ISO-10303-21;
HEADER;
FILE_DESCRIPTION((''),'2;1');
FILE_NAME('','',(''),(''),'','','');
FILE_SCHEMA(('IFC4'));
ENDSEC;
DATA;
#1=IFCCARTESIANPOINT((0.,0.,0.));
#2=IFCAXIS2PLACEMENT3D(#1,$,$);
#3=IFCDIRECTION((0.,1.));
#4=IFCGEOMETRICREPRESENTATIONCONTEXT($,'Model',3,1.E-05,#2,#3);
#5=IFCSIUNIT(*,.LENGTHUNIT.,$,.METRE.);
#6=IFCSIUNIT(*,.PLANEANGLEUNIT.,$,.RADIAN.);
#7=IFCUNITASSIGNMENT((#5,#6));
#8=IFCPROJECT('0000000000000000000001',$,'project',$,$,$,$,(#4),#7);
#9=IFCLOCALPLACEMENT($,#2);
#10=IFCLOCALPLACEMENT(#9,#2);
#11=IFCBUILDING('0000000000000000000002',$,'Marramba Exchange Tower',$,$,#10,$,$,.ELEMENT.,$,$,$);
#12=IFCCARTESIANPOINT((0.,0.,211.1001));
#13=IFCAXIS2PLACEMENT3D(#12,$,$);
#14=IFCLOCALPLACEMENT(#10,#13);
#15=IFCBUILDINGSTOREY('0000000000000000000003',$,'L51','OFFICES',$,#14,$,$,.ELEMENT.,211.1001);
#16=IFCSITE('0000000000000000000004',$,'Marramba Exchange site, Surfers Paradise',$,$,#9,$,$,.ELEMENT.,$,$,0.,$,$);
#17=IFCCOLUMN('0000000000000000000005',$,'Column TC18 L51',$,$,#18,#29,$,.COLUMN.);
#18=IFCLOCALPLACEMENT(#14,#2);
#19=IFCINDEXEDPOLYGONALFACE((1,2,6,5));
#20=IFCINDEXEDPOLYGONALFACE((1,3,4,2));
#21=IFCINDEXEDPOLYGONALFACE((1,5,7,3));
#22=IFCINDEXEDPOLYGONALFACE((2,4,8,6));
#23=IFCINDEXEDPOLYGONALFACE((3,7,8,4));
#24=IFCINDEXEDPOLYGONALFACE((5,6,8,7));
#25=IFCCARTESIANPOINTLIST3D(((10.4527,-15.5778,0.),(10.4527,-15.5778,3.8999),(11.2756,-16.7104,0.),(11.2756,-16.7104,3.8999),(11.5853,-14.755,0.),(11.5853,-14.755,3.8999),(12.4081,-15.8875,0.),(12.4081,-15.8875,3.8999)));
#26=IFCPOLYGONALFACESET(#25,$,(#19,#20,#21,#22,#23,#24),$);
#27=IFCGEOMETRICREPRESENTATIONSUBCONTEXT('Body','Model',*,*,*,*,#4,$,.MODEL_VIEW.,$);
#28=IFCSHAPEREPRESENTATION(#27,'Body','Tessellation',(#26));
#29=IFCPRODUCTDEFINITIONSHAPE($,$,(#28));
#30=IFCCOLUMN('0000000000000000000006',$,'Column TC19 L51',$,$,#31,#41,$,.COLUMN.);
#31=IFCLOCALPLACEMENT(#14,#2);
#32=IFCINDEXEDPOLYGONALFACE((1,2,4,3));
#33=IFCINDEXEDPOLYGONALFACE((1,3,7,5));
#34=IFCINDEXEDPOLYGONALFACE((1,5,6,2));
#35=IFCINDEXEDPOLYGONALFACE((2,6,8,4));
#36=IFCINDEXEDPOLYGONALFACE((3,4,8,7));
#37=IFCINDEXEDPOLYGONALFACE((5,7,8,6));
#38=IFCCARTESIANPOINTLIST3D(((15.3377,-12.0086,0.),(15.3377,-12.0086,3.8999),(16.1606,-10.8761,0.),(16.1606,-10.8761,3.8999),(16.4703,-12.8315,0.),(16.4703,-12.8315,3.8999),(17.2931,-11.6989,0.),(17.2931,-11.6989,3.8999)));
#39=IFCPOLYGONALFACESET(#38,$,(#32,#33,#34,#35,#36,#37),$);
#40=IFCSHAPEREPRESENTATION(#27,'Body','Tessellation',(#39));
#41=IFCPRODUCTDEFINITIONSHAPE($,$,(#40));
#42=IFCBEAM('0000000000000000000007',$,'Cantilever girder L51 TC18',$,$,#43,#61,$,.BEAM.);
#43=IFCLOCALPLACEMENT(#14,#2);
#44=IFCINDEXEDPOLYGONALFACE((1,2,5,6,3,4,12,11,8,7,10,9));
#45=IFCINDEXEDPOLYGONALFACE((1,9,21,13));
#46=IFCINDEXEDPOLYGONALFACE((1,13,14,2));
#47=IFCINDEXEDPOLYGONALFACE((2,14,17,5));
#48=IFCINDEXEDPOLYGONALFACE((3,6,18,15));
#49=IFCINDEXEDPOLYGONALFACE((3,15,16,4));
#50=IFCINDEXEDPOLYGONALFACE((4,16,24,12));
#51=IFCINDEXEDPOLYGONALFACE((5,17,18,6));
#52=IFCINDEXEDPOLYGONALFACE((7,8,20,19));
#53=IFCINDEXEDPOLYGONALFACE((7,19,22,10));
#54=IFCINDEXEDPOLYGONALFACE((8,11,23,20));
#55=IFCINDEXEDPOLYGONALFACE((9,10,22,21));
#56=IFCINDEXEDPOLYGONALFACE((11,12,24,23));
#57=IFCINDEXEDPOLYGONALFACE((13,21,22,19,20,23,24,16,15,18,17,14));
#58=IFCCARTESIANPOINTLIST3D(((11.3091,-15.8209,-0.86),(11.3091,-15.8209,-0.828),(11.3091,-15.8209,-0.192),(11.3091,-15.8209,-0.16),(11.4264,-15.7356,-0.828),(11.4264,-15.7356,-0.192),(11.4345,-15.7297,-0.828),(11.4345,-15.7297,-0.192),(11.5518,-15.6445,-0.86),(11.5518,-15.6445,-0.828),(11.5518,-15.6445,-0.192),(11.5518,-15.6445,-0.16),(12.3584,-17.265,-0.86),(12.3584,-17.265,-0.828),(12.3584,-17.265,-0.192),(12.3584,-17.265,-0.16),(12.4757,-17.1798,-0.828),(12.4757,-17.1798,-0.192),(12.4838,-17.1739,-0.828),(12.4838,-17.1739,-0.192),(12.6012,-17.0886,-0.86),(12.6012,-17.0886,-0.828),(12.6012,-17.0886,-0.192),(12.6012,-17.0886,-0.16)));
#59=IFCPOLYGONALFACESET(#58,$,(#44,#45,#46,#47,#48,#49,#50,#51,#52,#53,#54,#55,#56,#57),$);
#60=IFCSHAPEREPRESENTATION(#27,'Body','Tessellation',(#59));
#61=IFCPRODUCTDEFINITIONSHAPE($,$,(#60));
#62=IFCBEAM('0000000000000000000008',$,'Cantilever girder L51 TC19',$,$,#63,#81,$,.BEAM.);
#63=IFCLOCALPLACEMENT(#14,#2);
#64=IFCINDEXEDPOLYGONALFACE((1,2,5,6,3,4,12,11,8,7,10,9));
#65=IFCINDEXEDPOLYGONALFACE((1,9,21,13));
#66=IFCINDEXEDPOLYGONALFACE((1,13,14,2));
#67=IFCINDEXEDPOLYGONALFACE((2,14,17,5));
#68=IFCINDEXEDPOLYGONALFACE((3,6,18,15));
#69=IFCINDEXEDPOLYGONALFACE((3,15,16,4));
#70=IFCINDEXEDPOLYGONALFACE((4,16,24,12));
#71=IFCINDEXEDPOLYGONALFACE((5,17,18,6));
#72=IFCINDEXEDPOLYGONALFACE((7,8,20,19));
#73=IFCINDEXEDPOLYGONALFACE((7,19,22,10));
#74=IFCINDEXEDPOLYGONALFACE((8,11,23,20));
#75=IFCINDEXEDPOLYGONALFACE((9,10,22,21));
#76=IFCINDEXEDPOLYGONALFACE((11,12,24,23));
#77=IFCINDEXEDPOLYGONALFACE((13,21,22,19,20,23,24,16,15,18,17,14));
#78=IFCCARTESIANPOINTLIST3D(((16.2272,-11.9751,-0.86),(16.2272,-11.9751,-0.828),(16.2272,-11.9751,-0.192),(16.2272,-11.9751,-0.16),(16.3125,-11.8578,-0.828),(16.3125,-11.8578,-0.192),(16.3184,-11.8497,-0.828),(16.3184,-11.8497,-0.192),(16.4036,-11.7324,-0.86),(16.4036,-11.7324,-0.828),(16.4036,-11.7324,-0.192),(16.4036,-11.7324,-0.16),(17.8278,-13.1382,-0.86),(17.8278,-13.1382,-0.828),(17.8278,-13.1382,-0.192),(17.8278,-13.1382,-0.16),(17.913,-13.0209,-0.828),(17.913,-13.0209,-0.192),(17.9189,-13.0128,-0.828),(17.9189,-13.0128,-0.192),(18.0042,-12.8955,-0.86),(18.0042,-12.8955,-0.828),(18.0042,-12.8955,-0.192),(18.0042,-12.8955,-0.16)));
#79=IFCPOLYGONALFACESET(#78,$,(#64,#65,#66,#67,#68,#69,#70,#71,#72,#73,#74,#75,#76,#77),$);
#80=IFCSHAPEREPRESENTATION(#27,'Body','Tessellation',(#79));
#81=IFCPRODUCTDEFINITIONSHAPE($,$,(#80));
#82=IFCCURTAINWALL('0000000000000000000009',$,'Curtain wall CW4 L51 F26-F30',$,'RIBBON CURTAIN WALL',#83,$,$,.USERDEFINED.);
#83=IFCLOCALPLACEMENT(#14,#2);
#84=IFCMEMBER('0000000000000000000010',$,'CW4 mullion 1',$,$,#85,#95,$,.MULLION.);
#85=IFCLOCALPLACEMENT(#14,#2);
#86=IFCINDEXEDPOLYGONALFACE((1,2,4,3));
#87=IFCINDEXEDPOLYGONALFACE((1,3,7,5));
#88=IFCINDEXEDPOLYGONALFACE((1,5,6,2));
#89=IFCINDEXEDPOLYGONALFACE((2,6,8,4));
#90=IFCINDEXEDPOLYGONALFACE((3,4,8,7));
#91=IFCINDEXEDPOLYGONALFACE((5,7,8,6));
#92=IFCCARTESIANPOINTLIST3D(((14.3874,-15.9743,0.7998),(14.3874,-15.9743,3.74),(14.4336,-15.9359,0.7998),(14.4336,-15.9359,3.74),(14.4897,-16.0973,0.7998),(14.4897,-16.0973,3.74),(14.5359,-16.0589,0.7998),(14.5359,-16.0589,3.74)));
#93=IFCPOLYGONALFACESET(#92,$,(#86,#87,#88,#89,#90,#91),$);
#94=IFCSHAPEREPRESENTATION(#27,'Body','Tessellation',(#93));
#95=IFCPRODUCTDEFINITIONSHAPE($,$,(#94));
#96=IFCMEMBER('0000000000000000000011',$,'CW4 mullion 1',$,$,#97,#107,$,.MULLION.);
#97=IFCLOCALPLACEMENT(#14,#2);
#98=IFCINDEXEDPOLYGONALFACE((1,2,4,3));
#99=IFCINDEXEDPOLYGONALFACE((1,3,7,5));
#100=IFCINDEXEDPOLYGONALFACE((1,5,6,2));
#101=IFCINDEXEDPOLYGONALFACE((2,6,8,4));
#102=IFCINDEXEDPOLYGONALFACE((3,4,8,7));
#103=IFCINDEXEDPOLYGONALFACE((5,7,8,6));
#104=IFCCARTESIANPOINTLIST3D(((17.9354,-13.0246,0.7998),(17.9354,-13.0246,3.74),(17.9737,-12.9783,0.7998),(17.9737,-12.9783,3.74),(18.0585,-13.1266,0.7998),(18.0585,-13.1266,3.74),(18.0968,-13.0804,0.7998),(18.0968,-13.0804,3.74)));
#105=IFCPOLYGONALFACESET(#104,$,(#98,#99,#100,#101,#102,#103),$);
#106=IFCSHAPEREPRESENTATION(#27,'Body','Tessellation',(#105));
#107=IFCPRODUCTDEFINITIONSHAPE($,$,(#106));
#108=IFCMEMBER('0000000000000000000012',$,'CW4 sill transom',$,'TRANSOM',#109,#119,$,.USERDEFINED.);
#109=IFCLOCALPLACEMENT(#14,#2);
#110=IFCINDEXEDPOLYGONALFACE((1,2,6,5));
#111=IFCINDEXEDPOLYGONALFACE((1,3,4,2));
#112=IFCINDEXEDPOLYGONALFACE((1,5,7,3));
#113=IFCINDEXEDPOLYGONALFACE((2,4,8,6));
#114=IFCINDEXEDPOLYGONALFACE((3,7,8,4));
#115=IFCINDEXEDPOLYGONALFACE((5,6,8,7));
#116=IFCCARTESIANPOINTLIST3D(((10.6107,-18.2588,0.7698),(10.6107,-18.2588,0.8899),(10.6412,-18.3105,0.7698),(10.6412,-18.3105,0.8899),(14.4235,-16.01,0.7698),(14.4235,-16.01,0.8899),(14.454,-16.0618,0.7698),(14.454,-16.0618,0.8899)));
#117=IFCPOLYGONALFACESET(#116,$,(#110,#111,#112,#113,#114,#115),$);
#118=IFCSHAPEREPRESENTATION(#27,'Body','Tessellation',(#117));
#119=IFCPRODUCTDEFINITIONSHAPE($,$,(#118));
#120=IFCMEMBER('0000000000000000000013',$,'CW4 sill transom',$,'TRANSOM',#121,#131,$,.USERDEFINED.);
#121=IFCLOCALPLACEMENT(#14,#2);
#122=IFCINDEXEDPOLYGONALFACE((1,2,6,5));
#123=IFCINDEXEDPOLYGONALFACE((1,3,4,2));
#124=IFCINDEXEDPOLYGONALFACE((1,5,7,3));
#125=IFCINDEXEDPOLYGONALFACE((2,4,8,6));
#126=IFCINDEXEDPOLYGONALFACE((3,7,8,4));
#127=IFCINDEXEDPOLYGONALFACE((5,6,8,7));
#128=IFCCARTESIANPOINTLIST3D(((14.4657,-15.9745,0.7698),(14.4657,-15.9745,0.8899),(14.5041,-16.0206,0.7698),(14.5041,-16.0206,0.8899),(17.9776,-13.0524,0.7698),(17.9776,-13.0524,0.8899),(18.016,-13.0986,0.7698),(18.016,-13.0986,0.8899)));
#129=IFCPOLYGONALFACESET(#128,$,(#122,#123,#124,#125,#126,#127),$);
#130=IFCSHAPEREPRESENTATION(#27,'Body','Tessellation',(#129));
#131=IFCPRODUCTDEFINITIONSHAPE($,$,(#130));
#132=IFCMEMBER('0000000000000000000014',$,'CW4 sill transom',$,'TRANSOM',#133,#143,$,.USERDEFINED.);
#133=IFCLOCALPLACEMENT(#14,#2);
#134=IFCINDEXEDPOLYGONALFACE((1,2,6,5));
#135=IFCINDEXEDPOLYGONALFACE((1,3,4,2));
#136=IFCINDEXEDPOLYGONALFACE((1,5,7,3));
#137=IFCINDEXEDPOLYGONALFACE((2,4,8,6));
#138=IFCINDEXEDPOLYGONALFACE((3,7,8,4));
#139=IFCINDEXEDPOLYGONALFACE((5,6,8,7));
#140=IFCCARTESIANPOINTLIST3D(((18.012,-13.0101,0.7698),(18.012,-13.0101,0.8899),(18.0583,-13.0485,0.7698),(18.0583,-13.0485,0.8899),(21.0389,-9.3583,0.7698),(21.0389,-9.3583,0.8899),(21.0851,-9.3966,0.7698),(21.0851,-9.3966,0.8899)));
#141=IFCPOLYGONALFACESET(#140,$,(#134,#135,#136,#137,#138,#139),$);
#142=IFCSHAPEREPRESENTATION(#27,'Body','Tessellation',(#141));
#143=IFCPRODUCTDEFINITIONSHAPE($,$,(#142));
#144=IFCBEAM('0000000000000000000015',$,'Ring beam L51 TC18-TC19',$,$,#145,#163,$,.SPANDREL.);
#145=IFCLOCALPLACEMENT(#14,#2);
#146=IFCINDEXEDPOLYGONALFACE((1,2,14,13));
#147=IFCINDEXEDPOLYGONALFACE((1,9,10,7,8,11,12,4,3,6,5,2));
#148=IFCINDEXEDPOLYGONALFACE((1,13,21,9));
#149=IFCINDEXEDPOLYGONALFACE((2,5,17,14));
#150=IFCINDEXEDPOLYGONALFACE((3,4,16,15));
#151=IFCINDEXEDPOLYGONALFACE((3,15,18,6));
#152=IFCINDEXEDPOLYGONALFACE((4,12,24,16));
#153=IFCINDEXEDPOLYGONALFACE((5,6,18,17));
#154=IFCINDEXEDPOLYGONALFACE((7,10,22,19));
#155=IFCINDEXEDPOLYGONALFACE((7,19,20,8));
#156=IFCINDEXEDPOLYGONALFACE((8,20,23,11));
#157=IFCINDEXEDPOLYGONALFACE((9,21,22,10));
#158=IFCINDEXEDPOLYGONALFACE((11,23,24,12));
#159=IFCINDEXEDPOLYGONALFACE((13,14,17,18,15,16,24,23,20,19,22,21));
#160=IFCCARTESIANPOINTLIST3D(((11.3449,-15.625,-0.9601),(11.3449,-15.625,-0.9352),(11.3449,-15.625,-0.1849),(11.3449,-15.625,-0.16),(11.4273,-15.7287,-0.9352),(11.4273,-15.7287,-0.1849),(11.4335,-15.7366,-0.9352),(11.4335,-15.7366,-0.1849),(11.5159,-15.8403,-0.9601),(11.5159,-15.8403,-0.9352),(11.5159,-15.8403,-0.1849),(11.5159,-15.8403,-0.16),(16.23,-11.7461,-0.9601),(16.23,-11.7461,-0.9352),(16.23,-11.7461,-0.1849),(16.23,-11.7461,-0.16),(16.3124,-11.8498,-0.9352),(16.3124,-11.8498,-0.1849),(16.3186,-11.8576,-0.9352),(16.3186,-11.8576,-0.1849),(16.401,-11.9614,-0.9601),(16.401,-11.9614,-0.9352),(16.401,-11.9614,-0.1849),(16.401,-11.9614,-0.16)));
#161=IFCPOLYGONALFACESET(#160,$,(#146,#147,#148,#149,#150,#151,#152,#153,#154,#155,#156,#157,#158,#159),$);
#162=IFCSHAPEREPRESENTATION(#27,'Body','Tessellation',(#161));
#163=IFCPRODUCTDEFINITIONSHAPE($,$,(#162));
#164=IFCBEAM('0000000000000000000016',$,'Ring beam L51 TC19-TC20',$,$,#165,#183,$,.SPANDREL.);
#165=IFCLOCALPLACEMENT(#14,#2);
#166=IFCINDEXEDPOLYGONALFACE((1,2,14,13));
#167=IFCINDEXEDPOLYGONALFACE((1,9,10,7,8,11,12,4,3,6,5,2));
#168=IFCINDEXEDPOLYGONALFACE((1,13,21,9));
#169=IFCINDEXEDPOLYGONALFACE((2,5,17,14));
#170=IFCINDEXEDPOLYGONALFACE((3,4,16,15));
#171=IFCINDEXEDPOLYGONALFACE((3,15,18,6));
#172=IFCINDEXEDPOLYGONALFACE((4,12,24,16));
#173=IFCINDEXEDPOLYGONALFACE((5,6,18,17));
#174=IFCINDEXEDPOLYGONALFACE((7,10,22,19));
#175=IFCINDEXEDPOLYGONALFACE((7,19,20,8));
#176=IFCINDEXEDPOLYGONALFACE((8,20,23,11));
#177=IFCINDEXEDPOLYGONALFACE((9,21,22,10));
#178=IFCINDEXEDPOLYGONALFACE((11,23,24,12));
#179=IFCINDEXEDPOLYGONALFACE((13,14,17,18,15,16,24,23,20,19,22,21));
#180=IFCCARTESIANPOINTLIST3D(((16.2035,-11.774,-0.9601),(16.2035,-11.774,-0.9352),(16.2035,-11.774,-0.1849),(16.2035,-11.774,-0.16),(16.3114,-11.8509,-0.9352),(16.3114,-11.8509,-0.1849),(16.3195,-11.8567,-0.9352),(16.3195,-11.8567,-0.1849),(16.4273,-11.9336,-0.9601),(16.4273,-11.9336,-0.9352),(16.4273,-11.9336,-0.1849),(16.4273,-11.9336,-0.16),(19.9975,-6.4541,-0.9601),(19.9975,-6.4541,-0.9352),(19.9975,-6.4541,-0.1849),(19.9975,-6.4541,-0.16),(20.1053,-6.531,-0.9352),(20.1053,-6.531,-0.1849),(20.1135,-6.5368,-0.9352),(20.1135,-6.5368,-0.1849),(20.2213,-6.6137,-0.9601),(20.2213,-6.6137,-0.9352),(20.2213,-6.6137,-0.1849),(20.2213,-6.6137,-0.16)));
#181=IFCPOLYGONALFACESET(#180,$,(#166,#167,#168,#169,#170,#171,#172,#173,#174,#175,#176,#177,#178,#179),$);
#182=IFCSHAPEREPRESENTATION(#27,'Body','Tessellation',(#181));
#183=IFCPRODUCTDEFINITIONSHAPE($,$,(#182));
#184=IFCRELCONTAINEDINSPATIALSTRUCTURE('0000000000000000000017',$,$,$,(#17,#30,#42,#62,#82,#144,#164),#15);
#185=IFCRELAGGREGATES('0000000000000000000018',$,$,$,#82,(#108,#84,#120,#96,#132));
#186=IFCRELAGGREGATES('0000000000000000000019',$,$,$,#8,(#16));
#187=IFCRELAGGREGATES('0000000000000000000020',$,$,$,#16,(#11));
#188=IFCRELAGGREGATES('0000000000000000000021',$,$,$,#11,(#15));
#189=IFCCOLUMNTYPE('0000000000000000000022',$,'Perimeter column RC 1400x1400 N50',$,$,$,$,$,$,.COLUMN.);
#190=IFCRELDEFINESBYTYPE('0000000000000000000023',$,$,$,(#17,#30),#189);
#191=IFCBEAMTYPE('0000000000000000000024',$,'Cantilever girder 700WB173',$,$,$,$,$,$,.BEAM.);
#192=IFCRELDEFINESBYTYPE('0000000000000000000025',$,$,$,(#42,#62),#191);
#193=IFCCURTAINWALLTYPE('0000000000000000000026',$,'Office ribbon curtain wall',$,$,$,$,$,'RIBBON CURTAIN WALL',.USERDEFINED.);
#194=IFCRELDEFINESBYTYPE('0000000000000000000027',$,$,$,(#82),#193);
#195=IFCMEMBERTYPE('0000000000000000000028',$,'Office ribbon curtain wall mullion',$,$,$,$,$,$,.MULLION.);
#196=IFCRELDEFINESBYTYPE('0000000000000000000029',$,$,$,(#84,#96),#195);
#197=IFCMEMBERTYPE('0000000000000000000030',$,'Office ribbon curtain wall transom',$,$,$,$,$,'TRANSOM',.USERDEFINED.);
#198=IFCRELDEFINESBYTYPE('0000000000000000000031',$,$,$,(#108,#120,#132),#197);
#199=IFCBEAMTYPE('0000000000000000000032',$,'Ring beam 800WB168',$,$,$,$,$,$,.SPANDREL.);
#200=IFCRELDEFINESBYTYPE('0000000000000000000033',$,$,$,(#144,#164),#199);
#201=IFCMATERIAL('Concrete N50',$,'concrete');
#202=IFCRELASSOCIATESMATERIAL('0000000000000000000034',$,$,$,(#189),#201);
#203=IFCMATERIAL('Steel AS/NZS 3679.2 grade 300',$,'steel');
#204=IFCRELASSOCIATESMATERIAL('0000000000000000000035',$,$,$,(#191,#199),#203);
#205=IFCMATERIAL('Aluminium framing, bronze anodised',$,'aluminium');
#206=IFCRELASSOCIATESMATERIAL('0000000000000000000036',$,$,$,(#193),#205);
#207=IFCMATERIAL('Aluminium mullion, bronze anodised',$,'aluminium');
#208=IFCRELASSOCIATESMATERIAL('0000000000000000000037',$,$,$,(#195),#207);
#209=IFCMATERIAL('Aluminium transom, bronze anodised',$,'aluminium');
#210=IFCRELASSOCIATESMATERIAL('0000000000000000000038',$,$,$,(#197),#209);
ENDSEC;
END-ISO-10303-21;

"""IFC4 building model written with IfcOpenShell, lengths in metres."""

from ifc_helpers import new_model, si_unit, direction, frame, origin, origin_2d, place, context, subcontext, project, spatial, rectangle, i_section, extrude, material, material_profile, profile_set, type_object, element, aggregate, save


model = new_model("IFC4")

# Units and contexts
model_context = context("Model", 3, precision=1e-05, world=origin(), true_north=direction((0.0, 1.0)))
body_context = subcontext(model_context, "Body", "Model", "MODEL_VIEW")
ifc_project = project(units=[si_unit("LENGTHUNIT", "METRE"), si_unit("PLANEANGLEUNIT", "RADIAN")], contexts=[model_context])

# Site, building, storey
site_placement = place(None, origin())
site = spatial("IfcSite", under=ifc_project, at=site_placement, Name="Marramba Exchange site, Surfers Paradise", CompositionType="ELEMENT", RefElevation=0.0)
building_placement = place(site_placement, origin())
building = spatial("IfcBuilding", under=site, at=building_placement, Name="Marramba Exchange Tower", CompositionType="ELEMENT")
storey_placement = place(building_placement, frame((0.0, 0.0, 211.1001)))
storey = spatial("IfcBuildingStorey", under=building, at=storey_placement, Name="L51", Description="OFFICES", CompositionType="ELEMENT", Elevation=211.1001)

# Columns
ifc_material_1 = material(Name="Concrete N50", Category="concrete")
ifc_material_profile_1 = material_profile(ifc_material_1, rectangle(XDim=1.3999, YDim=1.3999, at=origin_2d()), Name="RC 1400x1400")
ifc_profile_set_1 = profile_set([ifc_material_profile_1], Name="Concrete N50")
column_type = type_object("IfcColumnType", Name="Perimeter column RC 1400x1400 N50", PredefinedType="COLUMN", material=ifc_profile_set_1)
for number, where, z_axis, x_axis, name in (
    (1, (11.4304, -15.7327, 0.0), (0.0, 0.0, 1.0), (0.587785, -0.809017, 0.0), "Column TC18 L51"),
    (2, (16.3154, -11.8538, 0.0), (0.0, 0.0, 1.0), (0.809017, -0.587785, 0.0), "Column TC19 L51"),
):
    element("IfcColumn", number, at=place(storey_placement, frame(where, z_axis=z_axis, x_axis=x_axis)), inside=storey, type_object=column_type, Name=name, PredefinedType="COLUMN", context=body_context, shape_type="SweptSolid", body=[
        extrude(rectangle(XDim=1.3999, YDim=1.3999, at=origin_2d()), origin(), (0.0, 0.0, 1.0), 3.8999),
    ])

# Beams
ifc_material_2 = material(Name="Steel AS/NZS 3679.2 grade 300", Category="steel")
ifc_material_profile_2 = material_profile(ifc_material_2, i_section(OverallWidth=0.3, OverallDepth=0.7, WebThickness=0.01, FlangeThickness=0.032, at=origin_2d()), Name="700WB173")
ifc_profile_set_2 = profile_set([ifc_material_profile_2], Name="Steel AS/NZS 3679.2 grade 300")
beam_type_1 = type_object("IfcBeamType", Name="Cantilever girder 700WB173", PredefinedType="BEAM", material=ifc_profile_set_2)
beam_1_placement = place(storey_placement, frame((11.4304, -15.7327, -0.51), z_axis=(0.58783, -0.808984, 0.0), x_axis=(0.808984, 0.58783, 0.0)))
element("IfcBeam", 3, at=beam_1_placement, inside=storey, type_object=beam_type_1, Name="Cantilever girder L51 TC18", PredefinedType="BEAM", context=body_context, shape_type="SweptSolid", body=[
    extrude(i_section(OverallWidth=0.3, OverallDepth=0.7, WebThickness=0.01, FlangeThickness=0.032, at=origin_2d()), origin(), (0.0, 0.0, 1.0), 1.7852),
])
beam_2_placement = place(storey_placement, frame((16.3154, -11.8538, -0.51), z_axis=(0.808971, -0.587849, 0.0), x_axis=(0.587849, 0.808971, 0.0)))
element("IfcBeam", 4, at=beam_2_placement, inside=storey, type_object=beam_type_1, Name="Cantilever girder L51 TC19", PredefinedType="BEAM", context=body_context, shape_type="SweptSolid", body=[
    extrude(i_section(OverallWidth=0.3, OverallDepth=0.7, WebThickness=0.01, FlangeThickness=0.032, at=origin_2d()), origin(), (0.0, 0.0, 1.0), 1.9785),
])

# Curtain wall, members
ifc_material_3 = material(Name="Aluminium framing, bronze anodised", Category="aluminium")
curtain_wall_type = type_object("IfcCurtainWallType", Name="Office ribbon curtain wall", ElementType="RIBBON CURTAIN WALL", PredefinedType="USERDEFINED", material=ifc_material_3)
curtain_wall_placement = place(storey_placement, origin())
curtain_wall = element("IfcCurtainWall", 5, at=curtain_wall_placement, inside=storey, type_object=curtain_wall_type, Name="Curtain wall CW4 L51 F26-F30", ObjectType="RIBBON CURTAIN WALL", PredefinedType="USERDEFINED")
ifc_material_4 = material(Name="Aluminium mullion, bronze anodised", Category="aluminium")
ifc_material_profile_3 = material_profile(ifc_material_4, rectangle(XDim=0.1599, YDim=0.0601, at=origin_2d()), Name="CW4 mullion 60x160")
ifc_profile_set_3 = profile_set([ifc_material_profile_3], Name="Aluminium mullion, bronze anodised")
member_type_1 = type_object("IfcMemberType", Name="Office ribbon curtain wall mullion", PredefinedType="MULLION", material=ifc_profile_set_3)
member_1_placement = place(storey_placement, frame((14.4617, -16.0166, 0.7998), z_axis=(0.0, 0.0, 1.0), x_axis=(-0.639565, 0.768737, 0.0)))
member_1 = element("IfcMember", 6, at=member_1_placement, type_object=member_type_1, Name="CW4 mullion 1", PredefinedType="MULLION", context=body_context, shape_type="SweptSolid", body=[
    extrude(rectangle(XDim=0.1599, YDim=0.0601, at=origin_2d()), origin(), (0.0, 0.0, 1.0), 2.9402),
])
member_2_placement = place(storey_placement, frame((18.0161, -13.0525, 0.7998), z_axis=(0.0, 0.0, 1.0), x_axis=(-0.769912, 0.63815, 0.0)))
member_2 = element("IfcMember", 7, at=member_2_placement, type_object=member_type_1, Name="CW4 mullion 1", PredefinedType="MULLION", context=body_context, shape_type="SweptSolid", body=[
    extrude(rectangle(XDim=0.1599, YDim=0.0601, at=origin_2d()), origin(), (0.0, 0.0, 1.0), 2.9402),
])
ifc_material_5 = material(Name="Aluminium transom, bronze anodised", Category="aluminium")
ifc_material_profile_4 = material_profile(ifc_material_5, rectangle(XDim=0.0601, YDim=0.1201, at=origin_2d()), Name="CW4 transom 60x120")
ifc_profile_set_4 = profile_set([ifc_material_profile_4], Name="Aluminium transom, bronze anodised")
member_type_2 = type_object("IfcMemberType", Name="Office ribbon curtain wall transom", ElementType="TRANSOM", PredefinedType="USERDEFINED", material=ifc_profile_set_4)
member_3_placement = place(storey_placement, frame((10.626, -18.2847, 0.8298), z_axis=(0.861342, 0.508025, 0.0), x_axis=(-0.508025, 0.861342, 0.0)))
member_3 = element("IfcMember", 8, at=member_3_placement, type_object=member_type_2, Name="CW4 sill transom", ObjectType="TRANSOM", PredefinedType="USERDEFINED", context=body_context, shape_type="SweptSolid", body=[
    extrude(rectangle(XDim=0.0601, YDim=0.1201, at=origin_2d()), origin(), (0.0, 0.0, 1.0), 4.4265),
])
member_4_placement = place(storey_placement, frame((14.4849, -15.9976, 0.8298), z_axis=(0.768707, 0.639601, 0.0), x_axis=(-0.639601, 0.768707, 0.0)))
member_4 = element("IfcMember", 9, at=member_4_placement, type_object=member_type_2, Name="CW4 sill transom", ObjectType="TRANSOM", PredefinedType="USERDEFINED", context=body_context, shape_type="SweptSolid", body=[
    extrude(rectangle(XDim=0.0601, YDim=0.1201, at=origin_2d()), origin(), (0.0, 0.0, 1.0), 4.5686),
])
member_5_placement = place(storey_placement, frame((18.0352, -13.0293, 0.8298), z_axis=(0.638147, 0.769915, 0.0), x_axis=(-0.769915, 0.638147, 0.0)))
member_5 = element("IfcMember", 10, at=member_5_placement, type_object=member_type_2, Name="CW4 sill transom", ObjectType="TRANSOM", PredefinedType="USERDEFINED", context=body_context, shape_type="SweptSolid", body=[
    extrude(rectangle(XDim=0.0601, YDim=0.1201, at=origin_2d()), origin(), (0.0, 0.0, 1.0), 4.7432),
])

# Beams
ifc_material_profile_5 = material_profile(ifc_material_2, i_section(OverallWidth=0.2749, OverallDepth=0.8, WebThickness=0.01, FlangeThickness=0.0249, at=origin_2d()), Name="800WB168")
ifc_profile_set_5 = profile_set([ifc_material_profile_5], Name="Steel AS/NZS 3679.2 grade 300")
beam_type_2 = type_object("IfcBeamType", Name="Ring beam 800WB168", PredefinedType="SPANDREL", material=ifc_profile_set_5)
beam_3_placement = place(storey_placement, frame((11.4304, -15.7327, -0.5601), z_axis=(0.783139, 0.621846, 0.0), x_axis=(-0.621846, 0.783139, 0.0)))
element("IfcBeam", 11, at=beam_3_placement, inside=storey, type_object=beam_type_2, Name="Ring beam L51 TC18-TC19", PredefinedType="SPANDREL", context=body_context, shape_type="SweptSolid", body=[
    extrude(i_section(OverallWidth=0.2749, OverallDepth=0.8, WebThickness=0.01, FlangeThickness=0.0249, at=origin_2d()), origin(), (0.0, 0.0, 1.0), 6.2378),
])
beam_4_placement = place(storey_placement, frame((16.3154, -11.8538, -0.5601), z_axis=(0.580637, 0.814162, 0.0), x_axis=(-0.814162, 0.580637, 0.0)))
element("IfcBeam", 12, at=beam_4_placement, inside=storey, type_object=beam_type_2, Name="Ring beam L51 TC19-TC20", PredefinedType="SPANDREL", context=body_context, shape_type="SweptSolid", body=[
    extrude(i_section(OverallWidth=0.2749, OverallDepth=0.8, WebThickness=0.01, FlangeThickness=0.0249, at=origin_2d()), origin(), (0.0, 0.0, 1.0), 6.5342),
])

aggregate(curtain_wall, [member_3, member_1, member_4, member_2, member_5])

save(model, "model.ifc")
